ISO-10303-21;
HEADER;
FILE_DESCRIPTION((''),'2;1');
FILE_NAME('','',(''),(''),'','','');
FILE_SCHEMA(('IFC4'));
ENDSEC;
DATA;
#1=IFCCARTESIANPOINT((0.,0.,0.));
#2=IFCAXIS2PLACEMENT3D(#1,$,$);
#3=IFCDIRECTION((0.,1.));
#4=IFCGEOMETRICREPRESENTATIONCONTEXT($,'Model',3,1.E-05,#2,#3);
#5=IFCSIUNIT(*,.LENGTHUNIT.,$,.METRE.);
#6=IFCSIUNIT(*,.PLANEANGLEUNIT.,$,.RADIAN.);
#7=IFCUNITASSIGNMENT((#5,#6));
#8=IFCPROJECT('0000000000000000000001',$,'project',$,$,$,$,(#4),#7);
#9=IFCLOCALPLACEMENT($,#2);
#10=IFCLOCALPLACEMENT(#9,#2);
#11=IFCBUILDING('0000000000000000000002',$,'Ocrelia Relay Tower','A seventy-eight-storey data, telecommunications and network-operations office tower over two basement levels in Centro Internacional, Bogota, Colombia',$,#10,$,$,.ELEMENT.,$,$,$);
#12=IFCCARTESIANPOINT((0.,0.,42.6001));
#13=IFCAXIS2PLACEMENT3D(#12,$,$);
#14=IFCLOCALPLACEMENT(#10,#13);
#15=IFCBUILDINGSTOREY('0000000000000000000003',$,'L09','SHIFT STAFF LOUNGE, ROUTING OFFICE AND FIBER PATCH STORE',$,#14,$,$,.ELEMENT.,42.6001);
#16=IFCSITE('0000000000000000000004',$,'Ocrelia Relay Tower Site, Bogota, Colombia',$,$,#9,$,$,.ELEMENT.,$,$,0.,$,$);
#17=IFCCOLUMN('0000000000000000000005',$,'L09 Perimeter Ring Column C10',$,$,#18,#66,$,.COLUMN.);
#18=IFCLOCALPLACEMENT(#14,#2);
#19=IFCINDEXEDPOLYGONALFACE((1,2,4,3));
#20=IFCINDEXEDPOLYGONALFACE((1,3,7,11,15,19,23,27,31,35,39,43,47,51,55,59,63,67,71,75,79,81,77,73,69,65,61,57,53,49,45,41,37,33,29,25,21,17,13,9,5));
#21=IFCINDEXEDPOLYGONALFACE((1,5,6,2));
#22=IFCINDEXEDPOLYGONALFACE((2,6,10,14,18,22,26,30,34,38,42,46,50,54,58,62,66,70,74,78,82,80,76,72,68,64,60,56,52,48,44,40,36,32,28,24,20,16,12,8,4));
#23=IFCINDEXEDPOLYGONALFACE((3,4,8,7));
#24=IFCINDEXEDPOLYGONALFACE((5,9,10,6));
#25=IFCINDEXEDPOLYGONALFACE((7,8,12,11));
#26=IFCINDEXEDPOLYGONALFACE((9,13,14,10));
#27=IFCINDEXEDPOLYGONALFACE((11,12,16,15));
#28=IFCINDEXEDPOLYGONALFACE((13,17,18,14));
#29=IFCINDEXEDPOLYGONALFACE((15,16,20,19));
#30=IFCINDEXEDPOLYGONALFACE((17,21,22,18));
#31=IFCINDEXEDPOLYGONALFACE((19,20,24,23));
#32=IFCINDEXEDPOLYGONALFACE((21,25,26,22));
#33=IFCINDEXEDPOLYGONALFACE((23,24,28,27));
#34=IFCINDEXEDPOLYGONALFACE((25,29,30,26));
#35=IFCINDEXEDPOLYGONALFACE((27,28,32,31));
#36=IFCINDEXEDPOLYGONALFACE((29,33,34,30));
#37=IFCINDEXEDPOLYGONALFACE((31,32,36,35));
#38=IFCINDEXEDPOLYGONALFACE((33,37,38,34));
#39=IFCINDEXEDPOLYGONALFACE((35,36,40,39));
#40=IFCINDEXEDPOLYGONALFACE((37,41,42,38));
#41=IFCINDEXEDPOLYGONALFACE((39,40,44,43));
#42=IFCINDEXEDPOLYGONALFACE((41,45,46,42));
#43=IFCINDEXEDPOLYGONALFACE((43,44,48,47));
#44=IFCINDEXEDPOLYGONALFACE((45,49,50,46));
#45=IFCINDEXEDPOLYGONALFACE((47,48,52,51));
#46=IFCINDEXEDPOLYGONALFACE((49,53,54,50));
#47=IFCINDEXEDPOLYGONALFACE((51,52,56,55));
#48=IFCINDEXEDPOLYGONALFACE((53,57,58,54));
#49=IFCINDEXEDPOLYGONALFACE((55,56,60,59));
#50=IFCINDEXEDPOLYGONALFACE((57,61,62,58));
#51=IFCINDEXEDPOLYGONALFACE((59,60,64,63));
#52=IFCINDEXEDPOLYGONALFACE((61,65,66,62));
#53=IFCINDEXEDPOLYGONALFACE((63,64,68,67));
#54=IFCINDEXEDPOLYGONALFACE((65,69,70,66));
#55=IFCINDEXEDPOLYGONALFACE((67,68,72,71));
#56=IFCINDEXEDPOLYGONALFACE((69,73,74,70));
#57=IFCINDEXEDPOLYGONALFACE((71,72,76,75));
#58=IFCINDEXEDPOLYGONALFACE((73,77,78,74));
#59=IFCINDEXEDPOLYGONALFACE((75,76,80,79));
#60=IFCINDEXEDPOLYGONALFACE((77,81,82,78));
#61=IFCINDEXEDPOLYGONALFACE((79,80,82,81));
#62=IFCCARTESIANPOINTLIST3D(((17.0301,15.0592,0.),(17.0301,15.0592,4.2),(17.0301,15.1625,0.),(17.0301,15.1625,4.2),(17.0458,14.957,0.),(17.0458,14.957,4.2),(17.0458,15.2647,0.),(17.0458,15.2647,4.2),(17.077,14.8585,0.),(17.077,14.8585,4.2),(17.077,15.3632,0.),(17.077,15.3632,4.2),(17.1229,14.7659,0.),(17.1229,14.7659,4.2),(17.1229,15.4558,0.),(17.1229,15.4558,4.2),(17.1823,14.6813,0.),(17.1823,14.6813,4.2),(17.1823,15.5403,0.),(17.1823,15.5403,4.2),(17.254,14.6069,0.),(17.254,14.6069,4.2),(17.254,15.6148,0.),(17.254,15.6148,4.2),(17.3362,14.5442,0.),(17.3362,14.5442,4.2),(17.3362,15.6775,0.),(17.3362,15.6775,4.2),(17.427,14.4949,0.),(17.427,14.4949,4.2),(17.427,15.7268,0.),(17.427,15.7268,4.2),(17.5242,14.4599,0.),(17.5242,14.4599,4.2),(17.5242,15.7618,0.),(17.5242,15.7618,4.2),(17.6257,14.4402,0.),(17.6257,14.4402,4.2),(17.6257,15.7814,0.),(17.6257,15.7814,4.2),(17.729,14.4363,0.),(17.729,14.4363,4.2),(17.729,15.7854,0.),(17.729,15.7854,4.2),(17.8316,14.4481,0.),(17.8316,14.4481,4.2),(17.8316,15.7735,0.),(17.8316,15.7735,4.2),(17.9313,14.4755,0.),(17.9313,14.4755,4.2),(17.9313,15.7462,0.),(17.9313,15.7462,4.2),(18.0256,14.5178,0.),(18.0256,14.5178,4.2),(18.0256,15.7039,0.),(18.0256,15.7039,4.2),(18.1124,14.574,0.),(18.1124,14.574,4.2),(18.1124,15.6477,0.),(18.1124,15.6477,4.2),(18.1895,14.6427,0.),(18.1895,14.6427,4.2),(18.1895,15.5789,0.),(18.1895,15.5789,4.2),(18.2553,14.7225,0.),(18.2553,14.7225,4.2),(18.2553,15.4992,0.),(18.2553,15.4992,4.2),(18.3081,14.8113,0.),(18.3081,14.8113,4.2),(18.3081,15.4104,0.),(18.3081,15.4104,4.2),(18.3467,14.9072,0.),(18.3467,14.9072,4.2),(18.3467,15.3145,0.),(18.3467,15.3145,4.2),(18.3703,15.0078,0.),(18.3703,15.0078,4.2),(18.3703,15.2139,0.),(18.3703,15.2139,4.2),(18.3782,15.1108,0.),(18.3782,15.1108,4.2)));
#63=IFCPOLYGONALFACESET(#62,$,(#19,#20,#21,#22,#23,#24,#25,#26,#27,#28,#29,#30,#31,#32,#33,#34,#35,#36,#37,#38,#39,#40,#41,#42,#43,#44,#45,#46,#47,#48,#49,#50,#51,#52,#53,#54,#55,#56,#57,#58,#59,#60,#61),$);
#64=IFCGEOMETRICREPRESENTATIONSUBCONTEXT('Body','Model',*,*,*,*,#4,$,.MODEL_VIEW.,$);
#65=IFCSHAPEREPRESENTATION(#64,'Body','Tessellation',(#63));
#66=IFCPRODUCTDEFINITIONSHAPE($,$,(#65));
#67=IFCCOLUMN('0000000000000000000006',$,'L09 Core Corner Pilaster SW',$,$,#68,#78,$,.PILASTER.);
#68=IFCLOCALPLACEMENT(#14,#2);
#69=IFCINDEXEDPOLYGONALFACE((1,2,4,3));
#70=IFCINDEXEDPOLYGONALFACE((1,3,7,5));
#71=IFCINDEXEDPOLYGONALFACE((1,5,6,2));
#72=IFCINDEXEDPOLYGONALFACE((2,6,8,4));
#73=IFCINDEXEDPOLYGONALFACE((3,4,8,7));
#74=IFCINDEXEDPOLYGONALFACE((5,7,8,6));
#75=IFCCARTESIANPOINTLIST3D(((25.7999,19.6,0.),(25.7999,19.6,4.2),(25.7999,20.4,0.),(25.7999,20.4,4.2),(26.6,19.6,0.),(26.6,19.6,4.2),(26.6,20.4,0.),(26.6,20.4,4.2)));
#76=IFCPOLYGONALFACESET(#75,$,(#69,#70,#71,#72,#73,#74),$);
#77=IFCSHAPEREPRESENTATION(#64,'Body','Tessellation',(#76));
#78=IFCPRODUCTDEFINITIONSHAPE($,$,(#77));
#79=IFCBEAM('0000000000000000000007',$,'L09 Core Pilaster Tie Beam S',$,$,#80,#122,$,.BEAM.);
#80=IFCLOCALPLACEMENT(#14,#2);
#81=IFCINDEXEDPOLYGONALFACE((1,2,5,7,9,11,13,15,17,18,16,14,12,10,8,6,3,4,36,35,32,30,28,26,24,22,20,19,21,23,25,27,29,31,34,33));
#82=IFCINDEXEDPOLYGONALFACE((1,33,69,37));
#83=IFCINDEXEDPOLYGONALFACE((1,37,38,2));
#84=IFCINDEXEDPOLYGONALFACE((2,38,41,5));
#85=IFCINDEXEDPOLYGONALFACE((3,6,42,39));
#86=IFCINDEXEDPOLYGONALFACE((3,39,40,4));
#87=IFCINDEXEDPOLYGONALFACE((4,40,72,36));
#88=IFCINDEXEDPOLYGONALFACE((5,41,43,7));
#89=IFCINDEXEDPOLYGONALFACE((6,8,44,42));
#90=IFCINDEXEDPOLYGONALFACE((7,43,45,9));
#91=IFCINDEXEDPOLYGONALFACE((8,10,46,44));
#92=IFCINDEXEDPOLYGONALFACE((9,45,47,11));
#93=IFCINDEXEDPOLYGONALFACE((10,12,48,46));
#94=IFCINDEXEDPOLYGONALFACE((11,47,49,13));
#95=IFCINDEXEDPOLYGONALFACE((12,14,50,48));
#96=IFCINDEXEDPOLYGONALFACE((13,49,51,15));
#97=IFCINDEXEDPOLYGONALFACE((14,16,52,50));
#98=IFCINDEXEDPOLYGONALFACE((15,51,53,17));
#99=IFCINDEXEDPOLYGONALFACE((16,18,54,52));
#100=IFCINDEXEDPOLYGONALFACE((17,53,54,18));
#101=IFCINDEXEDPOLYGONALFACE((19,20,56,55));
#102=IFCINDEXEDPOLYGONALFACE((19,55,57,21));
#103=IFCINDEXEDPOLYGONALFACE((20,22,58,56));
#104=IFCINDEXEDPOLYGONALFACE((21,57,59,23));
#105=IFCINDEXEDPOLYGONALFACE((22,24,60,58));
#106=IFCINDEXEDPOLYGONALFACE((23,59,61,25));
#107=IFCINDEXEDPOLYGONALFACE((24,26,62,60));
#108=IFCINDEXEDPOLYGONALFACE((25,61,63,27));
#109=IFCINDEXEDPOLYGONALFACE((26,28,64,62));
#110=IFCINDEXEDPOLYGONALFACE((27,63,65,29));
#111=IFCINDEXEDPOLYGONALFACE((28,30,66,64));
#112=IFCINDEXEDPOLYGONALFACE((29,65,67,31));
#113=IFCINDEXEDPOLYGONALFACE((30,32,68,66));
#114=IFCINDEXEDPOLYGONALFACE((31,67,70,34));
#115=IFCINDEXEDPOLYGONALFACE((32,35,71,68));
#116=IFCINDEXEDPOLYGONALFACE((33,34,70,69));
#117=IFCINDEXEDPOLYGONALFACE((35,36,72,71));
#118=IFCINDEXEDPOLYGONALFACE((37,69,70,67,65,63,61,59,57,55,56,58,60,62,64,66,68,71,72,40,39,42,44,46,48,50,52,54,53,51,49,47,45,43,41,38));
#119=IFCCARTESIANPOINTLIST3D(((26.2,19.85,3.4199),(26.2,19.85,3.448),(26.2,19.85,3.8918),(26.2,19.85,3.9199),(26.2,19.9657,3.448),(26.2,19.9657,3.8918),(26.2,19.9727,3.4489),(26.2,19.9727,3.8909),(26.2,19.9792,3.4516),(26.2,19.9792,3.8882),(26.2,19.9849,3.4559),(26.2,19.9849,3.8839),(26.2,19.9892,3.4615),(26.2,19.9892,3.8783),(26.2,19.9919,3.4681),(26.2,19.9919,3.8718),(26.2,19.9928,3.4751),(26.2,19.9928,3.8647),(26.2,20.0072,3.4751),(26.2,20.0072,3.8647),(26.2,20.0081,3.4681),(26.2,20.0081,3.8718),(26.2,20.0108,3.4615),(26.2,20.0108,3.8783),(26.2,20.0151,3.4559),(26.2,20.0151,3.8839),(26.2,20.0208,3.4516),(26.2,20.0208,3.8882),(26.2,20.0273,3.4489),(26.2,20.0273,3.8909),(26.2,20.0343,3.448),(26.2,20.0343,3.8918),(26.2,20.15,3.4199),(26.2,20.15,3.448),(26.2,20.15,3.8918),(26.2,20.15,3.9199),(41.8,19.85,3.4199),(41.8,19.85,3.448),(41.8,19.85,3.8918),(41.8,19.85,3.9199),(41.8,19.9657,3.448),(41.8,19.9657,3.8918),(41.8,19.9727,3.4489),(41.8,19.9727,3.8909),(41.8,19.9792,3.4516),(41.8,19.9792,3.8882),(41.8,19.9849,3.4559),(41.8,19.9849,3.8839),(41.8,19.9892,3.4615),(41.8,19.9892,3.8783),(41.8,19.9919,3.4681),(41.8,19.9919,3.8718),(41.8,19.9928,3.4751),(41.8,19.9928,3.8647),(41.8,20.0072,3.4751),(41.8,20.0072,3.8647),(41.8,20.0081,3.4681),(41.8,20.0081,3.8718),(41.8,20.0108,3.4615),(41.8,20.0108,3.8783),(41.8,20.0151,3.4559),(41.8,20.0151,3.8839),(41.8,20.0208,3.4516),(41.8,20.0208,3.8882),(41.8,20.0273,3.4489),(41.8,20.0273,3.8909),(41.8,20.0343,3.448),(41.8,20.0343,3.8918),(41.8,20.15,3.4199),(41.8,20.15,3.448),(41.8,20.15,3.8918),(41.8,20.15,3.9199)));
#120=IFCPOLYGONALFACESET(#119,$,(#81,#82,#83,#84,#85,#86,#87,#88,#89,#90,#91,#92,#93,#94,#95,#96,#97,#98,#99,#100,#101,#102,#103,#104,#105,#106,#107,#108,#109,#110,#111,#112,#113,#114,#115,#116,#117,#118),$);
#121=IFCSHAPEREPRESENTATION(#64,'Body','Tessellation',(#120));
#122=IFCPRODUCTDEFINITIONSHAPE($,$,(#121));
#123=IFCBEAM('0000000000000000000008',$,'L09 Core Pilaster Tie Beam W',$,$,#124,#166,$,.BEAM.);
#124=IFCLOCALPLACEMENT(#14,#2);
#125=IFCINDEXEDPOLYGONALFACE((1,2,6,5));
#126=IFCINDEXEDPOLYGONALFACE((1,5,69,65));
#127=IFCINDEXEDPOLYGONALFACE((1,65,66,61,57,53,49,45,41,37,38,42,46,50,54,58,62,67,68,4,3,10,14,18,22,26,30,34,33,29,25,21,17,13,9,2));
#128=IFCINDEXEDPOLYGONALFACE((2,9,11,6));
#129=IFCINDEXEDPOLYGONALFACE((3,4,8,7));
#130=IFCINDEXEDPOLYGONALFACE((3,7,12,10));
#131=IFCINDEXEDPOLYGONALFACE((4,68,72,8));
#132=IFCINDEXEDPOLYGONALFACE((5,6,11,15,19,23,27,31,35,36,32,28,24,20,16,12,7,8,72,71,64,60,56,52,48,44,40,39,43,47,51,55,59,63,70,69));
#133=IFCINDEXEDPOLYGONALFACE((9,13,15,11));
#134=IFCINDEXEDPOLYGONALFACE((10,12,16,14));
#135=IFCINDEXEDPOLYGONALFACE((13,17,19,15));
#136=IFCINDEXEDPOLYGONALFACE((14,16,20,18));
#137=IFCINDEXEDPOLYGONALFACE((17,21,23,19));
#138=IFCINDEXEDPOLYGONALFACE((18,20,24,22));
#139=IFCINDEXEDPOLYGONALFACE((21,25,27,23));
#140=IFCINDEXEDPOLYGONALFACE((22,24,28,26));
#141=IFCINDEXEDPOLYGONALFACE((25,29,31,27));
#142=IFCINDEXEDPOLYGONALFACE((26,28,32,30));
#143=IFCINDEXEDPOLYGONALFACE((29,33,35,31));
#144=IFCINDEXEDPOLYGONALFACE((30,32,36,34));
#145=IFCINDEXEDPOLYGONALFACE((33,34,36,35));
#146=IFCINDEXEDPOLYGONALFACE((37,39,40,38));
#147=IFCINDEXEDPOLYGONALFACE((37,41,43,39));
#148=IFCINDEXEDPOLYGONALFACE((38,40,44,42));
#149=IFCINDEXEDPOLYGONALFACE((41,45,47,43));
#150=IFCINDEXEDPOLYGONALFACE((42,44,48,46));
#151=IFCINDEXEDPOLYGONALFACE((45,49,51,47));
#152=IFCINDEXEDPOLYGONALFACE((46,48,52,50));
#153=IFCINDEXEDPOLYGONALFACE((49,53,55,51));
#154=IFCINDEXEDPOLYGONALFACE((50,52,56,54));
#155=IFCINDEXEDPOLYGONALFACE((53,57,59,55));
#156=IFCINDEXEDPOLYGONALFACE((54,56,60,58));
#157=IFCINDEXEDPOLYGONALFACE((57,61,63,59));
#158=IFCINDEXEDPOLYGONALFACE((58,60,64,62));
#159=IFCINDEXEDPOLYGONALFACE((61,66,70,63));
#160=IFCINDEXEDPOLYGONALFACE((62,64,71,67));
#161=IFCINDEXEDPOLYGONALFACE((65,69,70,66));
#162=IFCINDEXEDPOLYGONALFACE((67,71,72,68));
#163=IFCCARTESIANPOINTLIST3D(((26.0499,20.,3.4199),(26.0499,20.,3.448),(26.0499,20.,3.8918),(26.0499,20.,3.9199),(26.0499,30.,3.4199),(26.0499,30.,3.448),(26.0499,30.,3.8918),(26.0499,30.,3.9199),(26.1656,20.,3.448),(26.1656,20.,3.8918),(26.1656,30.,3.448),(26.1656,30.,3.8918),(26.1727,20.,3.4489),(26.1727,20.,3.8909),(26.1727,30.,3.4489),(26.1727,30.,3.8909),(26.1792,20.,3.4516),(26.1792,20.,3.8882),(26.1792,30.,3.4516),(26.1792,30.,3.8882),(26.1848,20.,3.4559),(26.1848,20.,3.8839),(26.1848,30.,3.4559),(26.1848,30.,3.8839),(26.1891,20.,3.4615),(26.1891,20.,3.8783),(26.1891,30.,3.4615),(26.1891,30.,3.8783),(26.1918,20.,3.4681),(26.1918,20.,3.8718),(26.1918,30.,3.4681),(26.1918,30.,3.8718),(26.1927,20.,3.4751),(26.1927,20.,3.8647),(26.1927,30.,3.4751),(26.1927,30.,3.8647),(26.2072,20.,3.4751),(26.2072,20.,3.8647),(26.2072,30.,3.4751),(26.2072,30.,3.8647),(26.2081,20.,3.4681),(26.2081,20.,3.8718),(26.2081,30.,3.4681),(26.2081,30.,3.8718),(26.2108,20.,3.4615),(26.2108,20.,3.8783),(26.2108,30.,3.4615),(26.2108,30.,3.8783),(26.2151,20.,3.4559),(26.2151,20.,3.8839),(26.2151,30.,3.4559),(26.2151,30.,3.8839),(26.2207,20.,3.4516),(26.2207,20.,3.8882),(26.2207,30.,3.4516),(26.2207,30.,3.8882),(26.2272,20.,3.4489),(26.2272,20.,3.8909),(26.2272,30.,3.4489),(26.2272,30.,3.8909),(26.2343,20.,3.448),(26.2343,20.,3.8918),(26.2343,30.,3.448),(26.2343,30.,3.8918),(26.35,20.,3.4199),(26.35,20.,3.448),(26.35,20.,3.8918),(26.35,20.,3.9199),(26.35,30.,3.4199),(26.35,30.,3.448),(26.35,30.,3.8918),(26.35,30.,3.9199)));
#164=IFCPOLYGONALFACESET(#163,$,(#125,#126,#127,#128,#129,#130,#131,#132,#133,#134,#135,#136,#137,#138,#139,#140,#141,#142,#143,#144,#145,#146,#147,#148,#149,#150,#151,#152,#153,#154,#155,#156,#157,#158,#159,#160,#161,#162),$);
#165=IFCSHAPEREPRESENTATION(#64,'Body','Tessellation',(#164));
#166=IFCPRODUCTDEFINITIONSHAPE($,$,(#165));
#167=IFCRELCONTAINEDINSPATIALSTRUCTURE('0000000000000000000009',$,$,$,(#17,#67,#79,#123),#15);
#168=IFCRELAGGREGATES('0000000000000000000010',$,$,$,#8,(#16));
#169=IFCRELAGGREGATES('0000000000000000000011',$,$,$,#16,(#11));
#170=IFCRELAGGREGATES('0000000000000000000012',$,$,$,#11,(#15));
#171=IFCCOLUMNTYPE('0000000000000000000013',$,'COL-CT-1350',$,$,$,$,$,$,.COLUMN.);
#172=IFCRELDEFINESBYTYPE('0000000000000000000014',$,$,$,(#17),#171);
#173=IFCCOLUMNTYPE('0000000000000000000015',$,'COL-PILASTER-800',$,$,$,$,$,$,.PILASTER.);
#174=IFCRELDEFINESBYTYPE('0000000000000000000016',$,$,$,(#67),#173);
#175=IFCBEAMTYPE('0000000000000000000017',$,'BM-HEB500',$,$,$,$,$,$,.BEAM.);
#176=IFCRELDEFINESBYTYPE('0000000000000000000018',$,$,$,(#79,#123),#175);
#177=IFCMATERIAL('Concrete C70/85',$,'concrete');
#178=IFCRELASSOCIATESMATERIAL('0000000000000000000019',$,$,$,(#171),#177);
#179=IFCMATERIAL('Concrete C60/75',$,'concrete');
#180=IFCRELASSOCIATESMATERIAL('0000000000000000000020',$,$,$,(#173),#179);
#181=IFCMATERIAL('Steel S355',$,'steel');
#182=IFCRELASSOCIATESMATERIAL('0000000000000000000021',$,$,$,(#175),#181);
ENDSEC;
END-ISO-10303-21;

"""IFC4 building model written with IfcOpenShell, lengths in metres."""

from ifc_helpers import new_model, si_unit, direction, frame, origin, origin_2d, place, context, subcontext, project, spatial, rectangle, circle, i_section, extrude, material, material_profile, profile_set, type_object, element, save


model = new_model("IFC4")

# Units and contexts
model_context = context("Model", 3, precision=1e-05, world=origin(), true_north=direction((0.0, 1.0)))
body_context = subcontext(model_context, "Body", "Model", "MODEL_VIEW")
ifc_project = project(units=[si_unit("LENGTHUNIT", "METRE"), si_unit("PLANEANGLEUNIT", "RADIAN")], contexts=[model_context])

# Site, building, storey
site_placement = place(None, origin())
site = spatial("IfcSite", under=ifc_project, at=site_placement, Name="Ocrelia Relay Tower Site, Bogota, Colombia", CompositionType="ELEMENT", RefElevation=0.0)
building_placement = place(site_placement, origin())
building = spatial("IfcBuilding", under=site, at=building_placement, Name="Ocrelia Relay Tower", Description="A seventy-eight-storey data, telecommunications and network-operations office tower over two basement levels in Centro Internacional, Bogota, Colombia", CompositionType="ELEMENT")
storey_placement = place(building_placement, frame((0.0, 0.0, 42.6001)))
storey = spatial("IfcBuildingStorey", under=building, at=storey_placement, Name="L09", Description="SHIFT STAFF LOUNGE, ROUTING OFFICE AND FIBER PATCH STORE", CompositionType="ELEMENT", Elevation=42.6001)

# Columns
ifc_material_1 = material(Name="Concrete C70/85", Category="concrete")
ifc_material_profile_1 = material_profile(ifc_material_1, circle(Radius=0.675, at=origin_2d()), Name="RC-CIR-1350")
ifc_profile_set_1 = profile_set([ifc_material_profile_1], Name="Concrete C70/85")
column_type_1 = type_object("IfcColumnType", Name="COL-CT-1350", PredefinedType="COLUMN", material=ifc_profile_set_1)
column_1_placement = place(storey_placement, frame((17.7031, 15.1108, 0.0), z_axis=(0.0, 0.0, 1.0), x_axis=(1.0, 0.0, 0.0)))
element("IfcColumn", 1, at=column_1_placement, inside=storey, type_object=column_type_1, Name="L09 Perimeter Ring Column C10", PredefinedType="COLUMN", context=body_context, shape_type="SweptSolid", body=[
    extrude(circle(Radius=0.675, at=origin_2d()), origin(), (0.0, 0.0, 1.0), 4.2),
])
ifc_material_2 = material(Name="Concrete C60/75", Category="concrete")
ifc_material_profile_2 = material_profile(ifc_material_2, rectangle(XDim=0.8, YDim=0.8, at=origin_2d()), Name="RC-COL-800x800")
ifc_profile_set_2 = profile_set([ifc_material_profile_2], Name="Concrete C60/75")
column_type_2 = type_object("IfcColumnType", Name="COL-PILASTER-800", PredefinedType="PILASTER", material=ifc_profile_set_2)
column_2_placement = place(storey_placement, frame((26.2, 20.0, 0.0), z_axis=(0.0, 0.0, 1.0), x_axis=(1.0, 0.0, 0.0)))
element("IfcColumn", 2, at=column_2_placement, inside=storey, type_object=column_type_2, Name="L09 Core Corner Pilaster SW", PredefinedType="PILASTER", context=body_context, shape_type="SweptSolid", body=[
    extrude(rectangle(XDim=0.8, YDim=0.8, at=origin_2d()), origin(), (0.0, 0.0, 1.0), 4.2),
])

# Beams
ifc_material_3 = material(Name="Steel S355", Category="steel")
ifc_material_profile_3 = material_profile(ifc_material_3, i_section(OverallWidth=0.3, OverallDepth=0.5, WebThickness=0.0144, FlangeThickness=0.0281, FilletRadius=0.0271, at=origin_2d()), Name="HEB 500")
ifc_profile_set_3 = profile_set([ifc_material_profile_3], Name="Steel S355")
beam_type_1 = type_object("IfcBeamType", Name="BM-HEB500", PredefinedType="BEAM", material=ifc_profile_set_3)
beam_1_placement = place(storey_placement, frame((26.2, 20.0, 3.6699), z_axis=(1.0, 0.0, 0.0), x_axis=(0.0, 1.0, 0.0)))
element("IfcBeam", 3, at=beam_1_placement, inside=storey, type_object=beam_type_1, Name="L09 Core Pilaster Tie Beam S", PredefinedType="BEAM", context=body_context, shape_type="SweptSolid", body=[
    extrude(i_section(OverallWidth=0.3, OverallDepth=0.5, WebThickness=0.0144, FlangeThickness=0.0281, FilletRadius=0.0271, at=origin_2d()), origin(), (0.0, 0.0, 1.0), 15.6001),
])
beam_2_placement = place(storey_placement, frame((26.2, 20.0, 3.6699), z_axis=(0.0, 1.0, 0.0), x_axis=(-1.0, 0.0, 0.0)))
element("IfcBeam", 4, at=beam_2_placement, inside=storey, type_object=beam_type_1, Name="L09 Core Pilaster Tie Beam W", PredefinedType="BEAM", context=body_context, shape_type="SweptSolid", body=[
    extrude(i_section(OverallWidth=0.3, OverallDepth=0.5, WebThickness=0.0144, FlangeThickness=0.0281, FilletRadius=0.0271, at=origin_2d()), origin(), (0.0, 0.0, 1.0), 10.0),
])

save(model, "model.ifc")
